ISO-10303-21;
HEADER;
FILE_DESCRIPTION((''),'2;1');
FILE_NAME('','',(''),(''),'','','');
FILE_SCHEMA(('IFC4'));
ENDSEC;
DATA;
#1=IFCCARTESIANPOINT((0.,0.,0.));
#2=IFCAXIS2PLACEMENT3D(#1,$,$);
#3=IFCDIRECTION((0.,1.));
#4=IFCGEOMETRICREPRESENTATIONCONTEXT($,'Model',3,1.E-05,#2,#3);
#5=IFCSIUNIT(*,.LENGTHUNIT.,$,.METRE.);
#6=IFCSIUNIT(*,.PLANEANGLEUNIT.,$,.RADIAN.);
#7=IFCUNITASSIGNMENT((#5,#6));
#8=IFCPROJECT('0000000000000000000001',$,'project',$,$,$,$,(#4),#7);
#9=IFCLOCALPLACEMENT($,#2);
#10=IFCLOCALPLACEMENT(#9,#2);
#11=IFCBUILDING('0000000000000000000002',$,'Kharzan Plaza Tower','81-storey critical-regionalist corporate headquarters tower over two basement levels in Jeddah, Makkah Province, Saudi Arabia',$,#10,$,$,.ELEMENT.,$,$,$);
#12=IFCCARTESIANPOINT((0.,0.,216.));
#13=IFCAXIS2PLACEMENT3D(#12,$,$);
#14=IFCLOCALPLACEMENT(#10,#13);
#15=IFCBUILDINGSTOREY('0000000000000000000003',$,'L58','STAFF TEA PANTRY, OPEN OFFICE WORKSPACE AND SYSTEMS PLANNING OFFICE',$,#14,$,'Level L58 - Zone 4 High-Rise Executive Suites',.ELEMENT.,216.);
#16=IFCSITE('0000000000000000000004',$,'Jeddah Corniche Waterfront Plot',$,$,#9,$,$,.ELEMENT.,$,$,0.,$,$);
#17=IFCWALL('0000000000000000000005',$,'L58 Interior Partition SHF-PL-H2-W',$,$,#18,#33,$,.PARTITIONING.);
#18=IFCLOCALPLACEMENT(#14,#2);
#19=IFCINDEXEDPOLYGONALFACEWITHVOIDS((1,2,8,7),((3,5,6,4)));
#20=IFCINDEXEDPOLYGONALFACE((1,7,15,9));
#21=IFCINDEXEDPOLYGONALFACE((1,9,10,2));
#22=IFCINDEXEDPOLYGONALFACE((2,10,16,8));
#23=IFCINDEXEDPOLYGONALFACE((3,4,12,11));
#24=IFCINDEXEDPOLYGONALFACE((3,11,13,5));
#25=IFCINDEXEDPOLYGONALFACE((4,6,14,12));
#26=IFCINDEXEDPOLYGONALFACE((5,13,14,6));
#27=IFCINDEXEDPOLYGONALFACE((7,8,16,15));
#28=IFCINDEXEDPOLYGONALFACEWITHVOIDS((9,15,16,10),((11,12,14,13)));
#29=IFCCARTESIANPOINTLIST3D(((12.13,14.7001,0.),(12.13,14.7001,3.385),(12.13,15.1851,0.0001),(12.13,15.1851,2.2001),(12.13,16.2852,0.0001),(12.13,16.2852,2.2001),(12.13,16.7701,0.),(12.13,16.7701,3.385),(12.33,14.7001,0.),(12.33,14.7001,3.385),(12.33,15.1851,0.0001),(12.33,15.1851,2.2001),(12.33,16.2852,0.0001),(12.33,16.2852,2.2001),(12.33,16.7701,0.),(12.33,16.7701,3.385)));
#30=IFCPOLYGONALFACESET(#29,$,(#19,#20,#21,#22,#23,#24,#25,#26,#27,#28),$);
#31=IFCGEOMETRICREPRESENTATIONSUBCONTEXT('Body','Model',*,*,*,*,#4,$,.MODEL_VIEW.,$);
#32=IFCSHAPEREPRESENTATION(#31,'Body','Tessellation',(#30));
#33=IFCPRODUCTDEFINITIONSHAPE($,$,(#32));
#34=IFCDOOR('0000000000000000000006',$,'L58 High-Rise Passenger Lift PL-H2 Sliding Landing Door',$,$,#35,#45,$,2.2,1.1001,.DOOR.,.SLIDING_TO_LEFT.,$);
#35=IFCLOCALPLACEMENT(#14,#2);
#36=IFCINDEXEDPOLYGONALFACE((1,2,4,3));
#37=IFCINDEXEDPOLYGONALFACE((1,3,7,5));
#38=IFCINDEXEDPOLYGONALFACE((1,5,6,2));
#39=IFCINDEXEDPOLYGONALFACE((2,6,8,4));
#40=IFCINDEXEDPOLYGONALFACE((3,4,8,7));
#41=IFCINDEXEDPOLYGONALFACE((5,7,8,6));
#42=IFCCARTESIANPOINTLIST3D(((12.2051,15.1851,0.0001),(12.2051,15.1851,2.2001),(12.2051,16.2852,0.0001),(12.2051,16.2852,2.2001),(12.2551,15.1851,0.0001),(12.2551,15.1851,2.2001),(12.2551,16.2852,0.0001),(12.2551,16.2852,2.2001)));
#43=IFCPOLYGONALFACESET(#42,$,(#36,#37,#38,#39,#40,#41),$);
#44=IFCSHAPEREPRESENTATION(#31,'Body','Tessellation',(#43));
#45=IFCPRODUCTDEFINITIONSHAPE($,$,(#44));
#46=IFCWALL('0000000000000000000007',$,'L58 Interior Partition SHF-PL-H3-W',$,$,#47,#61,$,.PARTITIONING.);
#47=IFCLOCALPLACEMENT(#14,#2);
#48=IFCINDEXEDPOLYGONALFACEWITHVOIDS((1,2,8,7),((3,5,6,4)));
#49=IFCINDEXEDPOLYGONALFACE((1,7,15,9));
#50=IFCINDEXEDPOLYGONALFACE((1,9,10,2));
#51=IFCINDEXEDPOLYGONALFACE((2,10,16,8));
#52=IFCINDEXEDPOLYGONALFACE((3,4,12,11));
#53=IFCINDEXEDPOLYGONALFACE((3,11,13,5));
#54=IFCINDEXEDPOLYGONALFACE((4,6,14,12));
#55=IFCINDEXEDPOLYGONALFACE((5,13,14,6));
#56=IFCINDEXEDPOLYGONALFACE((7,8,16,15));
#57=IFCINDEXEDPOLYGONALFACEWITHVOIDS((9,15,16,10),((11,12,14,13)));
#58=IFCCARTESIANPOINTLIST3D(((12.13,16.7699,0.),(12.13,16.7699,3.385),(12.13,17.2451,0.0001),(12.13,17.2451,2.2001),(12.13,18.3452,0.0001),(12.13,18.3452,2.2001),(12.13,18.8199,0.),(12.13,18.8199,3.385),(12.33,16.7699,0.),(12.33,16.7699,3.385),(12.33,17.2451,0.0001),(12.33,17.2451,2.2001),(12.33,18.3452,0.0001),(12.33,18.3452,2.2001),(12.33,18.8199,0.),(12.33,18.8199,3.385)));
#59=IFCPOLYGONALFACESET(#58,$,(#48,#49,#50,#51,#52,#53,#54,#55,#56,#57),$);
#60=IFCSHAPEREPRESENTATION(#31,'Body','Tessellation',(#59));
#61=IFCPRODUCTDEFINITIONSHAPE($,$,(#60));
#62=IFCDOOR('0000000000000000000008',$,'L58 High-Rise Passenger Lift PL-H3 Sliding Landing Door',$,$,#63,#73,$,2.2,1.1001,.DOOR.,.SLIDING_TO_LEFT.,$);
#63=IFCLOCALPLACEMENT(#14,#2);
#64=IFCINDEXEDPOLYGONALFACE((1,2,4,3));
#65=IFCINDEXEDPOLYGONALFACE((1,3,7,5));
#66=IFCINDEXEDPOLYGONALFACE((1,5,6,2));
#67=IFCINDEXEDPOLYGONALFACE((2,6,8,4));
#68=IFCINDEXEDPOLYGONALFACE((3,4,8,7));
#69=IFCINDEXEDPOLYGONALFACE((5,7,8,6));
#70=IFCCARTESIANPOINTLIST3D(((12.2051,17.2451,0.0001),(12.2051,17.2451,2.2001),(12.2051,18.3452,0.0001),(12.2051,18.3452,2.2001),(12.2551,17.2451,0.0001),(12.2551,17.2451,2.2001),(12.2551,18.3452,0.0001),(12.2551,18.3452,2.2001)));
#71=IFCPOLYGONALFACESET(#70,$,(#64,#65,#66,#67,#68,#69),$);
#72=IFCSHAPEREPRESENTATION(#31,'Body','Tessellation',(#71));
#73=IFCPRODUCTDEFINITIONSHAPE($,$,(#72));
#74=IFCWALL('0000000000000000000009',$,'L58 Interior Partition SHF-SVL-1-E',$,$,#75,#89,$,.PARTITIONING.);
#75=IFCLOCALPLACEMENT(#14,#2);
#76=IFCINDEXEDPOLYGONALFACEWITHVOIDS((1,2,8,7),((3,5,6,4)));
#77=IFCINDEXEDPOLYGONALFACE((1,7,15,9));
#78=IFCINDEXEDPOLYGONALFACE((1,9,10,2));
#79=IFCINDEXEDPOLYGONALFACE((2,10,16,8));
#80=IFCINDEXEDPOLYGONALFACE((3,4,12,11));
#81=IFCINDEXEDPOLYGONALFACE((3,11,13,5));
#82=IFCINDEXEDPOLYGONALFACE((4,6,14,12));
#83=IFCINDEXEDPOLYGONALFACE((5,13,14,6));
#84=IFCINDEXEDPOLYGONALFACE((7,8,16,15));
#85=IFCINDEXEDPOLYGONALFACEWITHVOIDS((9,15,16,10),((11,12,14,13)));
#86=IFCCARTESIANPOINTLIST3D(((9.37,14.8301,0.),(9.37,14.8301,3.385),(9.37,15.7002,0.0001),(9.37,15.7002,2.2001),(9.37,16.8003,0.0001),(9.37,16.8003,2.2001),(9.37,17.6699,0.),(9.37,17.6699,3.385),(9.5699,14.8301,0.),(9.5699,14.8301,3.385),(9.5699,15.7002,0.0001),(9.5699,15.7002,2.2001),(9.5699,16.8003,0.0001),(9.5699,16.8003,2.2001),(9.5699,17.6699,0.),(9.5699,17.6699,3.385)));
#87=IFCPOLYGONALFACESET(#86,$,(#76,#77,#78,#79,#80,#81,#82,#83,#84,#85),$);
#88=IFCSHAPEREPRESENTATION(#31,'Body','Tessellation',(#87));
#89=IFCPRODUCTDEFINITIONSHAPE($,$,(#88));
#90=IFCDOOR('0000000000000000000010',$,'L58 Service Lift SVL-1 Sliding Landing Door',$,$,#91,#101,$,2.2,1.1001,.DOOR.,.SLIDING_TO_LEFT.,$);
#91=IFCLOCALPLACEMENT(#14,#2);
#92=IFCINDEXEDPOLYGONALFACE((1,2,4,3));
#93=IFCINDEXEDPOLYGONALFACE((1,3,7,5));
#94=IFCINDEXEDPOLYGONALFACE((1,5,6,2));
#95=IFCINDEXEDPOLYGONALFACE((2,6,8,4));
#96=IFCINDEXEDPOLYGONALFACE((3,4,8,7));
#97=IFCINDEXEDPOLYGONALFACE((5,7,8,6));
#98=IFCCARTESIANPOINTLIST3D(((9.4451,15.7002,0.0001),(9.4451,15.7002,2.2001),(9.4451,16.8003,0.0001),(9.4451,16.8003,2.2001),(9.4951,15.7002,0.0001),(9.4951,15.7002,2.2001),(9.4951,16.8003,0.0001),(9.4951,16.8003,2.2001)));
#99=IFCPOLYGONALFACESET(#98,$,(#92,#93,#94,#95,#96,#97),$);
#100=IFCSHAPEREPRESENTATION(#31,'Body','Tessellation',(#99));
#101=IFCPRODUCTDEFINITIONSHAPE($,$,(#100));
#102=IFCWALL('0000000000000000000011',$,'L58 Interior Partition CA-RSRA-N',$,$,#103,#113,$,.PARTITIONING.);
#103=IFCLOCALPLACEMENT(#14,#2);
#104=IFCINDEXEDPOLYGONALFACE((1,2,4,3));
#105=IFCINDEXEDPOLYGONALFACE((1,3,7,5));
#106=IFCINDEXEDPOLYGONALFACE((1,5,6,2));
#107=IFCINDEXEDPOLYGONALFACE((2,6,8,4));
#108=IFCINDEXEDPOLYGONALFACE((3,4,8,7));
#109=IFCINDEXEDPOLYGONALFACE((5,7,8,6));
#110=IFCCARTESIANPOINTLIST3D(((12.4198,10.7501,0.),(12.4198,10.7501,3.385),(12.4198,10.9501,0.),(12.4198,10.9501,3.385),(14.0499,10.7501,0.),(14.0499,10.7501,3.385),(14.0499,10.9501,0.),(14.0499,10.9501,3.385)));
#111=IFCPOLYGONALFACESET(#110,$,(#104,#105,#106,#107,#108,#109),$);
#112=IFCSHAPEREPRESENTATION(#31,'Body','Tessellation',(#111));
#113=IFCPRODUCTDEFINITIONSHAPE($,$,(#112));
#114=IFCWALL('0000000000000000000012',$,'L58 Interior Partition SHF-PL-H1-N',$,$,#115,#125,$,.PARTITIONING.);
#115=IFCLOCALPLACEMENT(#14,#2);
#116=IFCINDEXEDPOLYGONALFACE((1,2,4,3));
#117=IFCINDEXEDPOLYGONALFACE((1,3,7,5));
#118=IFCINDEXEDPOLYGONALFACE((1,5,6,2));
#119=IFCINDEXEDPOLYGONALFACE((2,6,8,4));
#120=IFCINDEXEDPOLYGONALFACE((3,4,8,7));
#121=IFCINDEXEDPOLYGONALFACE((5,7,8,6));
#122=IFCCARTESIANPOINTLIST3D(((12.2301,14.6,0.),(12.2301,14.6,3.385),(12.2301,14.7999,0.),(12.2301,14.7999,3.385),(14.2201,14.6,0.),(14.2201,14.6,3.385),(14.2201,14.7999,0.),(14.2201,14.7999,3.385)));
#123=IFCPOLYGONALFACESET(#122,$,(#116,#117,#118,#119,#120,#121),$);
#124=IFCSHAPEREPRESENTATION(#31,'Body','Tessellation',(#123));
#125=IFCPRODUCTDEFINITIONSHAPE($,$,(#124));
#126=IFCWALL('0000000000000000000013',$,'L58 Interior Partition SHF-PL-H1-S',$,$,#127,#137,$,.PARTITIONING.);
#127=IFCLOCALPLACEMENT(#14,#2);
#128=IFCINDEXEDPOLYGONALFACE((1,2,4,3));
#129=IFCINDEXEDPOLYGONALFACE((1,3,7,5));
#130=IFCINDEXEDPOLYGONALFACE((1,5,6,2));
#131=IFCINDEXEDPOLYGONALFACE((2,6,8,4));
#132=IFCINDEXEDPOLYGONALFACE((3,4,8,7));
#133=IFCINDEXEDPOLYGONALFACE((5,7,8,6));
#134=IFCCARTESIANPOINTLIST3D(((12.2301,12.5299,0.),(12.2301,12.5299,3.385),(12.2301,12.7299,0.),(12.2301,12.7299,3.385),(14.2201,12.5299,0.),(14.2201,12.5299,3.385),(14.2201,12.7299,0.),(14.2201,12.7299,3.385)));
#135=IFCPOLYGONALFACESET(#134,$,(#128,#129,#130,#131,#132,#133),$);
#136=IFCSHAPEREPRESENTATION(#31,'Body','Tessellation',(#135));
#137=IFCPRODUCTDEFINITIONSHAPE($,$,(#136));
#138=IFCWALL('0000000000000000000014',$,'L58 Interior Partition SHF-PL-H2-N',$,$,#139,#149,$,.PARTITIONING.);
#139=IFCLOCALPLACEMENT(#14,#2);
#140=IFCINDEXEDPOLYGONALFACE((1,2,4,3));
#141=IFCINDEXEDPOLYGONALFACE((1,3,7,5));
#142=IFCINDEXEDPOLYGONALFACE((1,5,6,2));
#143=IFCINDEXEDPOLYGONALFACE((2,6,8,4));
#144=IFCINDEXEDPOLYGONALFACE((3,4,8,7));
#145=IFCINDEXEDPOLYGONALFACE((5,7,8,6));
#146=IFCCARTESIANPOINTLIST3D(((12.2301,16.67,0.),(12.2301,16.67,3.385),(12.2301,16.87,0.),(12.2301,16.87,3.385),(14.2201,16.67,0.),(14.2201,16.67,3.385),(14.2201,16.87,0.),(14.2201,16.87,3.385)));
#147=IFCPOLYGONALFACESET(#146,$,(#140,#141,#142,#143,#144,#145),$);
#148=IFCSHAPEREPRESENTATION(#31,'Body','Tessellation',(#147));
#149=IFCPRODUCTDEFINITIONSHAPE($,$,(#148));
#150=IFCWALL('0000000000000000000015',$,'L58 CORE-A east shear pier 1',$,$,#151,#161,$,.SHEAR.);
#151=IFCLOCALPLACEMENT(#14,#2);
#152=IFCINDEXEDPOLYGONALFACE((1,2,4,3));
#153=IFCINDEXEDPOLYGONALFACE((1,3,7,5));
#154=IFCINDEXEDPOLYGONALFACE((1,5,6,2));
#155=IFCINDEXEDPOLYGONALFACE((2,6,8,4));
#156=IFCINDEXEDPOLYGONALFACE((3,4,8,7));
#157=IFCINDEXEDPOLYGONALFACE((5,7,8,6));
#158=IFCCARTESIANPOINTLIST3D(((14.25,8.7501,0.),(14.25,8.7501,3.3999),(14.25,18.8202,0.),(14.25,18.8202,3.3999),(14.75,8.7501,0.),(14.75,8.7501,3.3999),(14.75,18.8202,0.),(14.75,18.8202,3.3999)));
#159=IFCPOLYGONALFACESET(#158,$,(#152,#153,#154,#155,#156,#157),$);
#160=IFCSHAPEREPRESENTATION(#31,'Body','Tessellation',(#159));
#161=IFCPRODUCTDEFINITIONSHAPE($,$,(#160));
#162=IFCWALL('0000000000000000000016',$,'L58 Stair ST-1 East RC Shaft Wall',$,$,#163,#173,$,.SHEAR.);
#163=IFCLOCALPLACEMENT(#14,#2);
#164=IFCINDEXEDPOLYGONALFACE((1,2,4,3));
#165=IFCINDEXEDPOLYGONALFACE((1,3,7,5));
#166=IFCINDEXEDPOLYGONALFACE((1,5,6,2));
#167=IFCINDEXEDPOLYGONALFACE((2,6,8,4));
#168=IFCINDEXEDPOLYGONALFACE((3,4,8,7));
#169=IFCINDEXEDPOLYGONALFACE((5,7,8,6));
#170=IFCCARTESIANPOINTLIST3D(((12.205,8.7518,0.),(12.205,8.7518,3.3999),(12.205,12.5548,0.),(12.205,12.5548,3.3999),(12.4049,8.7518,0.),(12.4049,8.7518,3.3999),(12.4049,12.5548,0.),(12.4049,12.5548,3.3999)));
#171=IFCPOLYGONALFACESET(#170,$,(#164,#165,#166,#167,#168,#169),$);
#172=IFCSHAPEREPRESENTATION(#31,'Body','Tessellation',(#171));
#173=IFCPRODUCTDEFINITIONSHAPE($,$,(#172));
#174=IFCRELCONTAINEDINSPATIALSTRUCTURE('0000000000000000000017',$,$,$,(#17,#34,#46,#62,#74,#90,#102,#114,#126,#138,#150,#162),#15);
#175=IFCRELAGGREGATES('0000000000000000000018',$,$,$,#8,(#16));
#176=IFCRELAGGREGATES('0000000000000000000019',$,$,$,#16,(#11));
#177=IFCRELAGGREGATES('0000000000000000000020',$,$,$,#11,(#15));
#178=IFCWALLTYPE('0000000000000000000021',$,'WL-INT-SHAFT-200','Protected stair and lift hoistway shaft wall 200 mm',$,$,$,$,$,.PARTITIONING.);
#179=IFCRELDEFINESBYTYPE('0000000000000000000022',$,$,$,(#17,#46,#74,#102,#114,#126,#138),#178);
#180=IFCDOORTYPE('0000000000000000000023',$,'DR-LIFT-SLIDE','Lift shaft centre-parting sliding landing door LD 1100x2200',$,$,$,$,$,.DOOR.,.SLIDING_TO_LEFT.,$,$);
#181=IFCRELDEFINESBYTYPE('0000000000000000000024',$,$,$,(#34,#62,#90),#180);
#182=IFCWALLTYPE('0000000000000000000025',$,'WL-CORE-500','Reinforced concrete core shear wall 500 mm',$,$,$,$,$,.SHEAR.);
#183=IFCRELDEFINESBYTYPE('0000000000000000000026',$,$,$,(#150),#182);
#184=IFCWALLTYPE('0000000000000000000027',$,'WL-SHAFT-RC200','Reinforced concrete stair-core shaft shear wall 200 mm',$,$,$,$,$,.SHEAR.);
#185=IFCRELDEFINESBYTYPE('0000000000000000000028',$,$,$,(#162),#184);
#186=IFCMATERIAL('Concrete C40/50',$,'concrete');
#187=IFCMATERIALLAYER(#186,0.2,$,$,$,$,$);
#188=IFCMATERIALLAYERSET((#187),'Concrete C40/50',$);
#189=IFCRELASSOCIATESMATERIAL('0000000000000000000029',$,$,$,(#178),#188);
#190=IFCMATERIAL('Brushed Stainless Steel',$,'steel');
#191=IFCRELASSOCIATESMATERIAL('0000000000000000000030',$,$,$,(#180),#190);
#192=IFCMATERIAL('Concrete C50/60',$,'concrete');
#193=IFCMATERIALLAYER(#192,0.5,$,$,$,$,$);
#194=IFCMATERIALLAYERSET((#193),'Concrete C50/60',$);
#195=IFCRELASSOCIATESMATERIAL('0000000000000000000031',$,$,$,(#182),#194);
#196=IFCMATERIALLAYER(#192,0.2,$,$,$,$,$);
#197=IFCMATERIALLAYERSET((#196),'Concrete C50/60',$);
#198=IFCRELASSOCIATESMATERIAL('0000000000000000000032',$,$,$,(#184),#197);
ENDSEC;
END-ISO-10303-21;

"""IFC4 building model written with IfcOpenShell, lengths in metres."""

from ifc_helpers import new_model, si_unit, direction, frame, frame_2d, origin, place, context, subcontext, project, spatial, rectangle, extrude, source, transform, mapped, material, layer, layer_set, type_object, element, fill, save


model = new_model("IFC4")

# Units and contexts
model_context = context("Model", 3, precision=1e-05, world=origin(), true_north=direction((0.0, 1.0)))
body_context = subcontext(model_context, "Body", "Model", "MODEL_VIEW")
ifc_project = project(units=[si_unit("LENGTHUNIT", "METRE"), si_unit("PLANEANGLEUNIT", "RADIAN")], contexts=[model_context])

# Site, building, storey
site_placement = place(None, origin())
site = spatial("IfcSite", under=ifc_project, at=site_placement, Name="Jeddah Corniche Waterfront Plot", CompositionType="ELEMENT", RefElevation=0.0)
building_placement = place(site_placement, origin())
building = spatial("IfcBuilding", under=site, at=building_placement, Name="Kharzan Plaza Tower", Description="81-storey critical-regionalist corporate headquarters tower over two basement levels in Jeddah, Makkah Province, Saudi Arabia", CompositionType="ELEMENT")
storey_placement = place(building_placement, frame((0.0, 0.0, 216.0)))
storey = spatial("IfcBuildingStorey", under=building, at=storey_placement, Name="L58", Description="STAFF TEA PANTRY, OPEN OFFICE WORKSPACE AND SYSTEMS PLANNING OFFICE", LongName="Level L58 - Zone 4 High-Rise Executive Suites", CompositionType="ELEMENT", Elevation=216.0)

# Walls, openings, doors
ifc_material_1 = material(Name="Concrete C40/50", Category="concrete")
ifc_layer_1 = layer(ifc_material_1, 0.2)
ifc_layer_set_1 = layer_set([ifc_layer_1], Name="Concrete C40/50")
wall_type_1 = type_object("IfcWallType", Name="WL-INT-SHAFT-200", Description="Protected stair and lift hoistway shaft wall 200 mm", PredefinedType="PARTITIONING", material=ifc_layer_set_1)
ifc_material_2 = material(Name="Brushed Stainless Steel", Category="steel")
door_type_1 = type_object("IfcDoorType", Name="DR-LIFT-SLIDE", Description="Lift shaft centre-parting sliding landing door LD 1100x2200", OperationType="SLIDING_TO_LEFT", PredefinedType="DOOR", material=ifc_material_2)
shared_shape_1 = source(origin(), body_context, "Body", "SweptSolid", [
    extrude(rectangle(XDim=1.1001, YDim=2.2, at=frame_2d((0.55, 1.1001))), frame((0.0, 0.0249, 0.0), z_axis=(0.0, -1.0, 0.0), x_axis=(1.0, 0.0, 0.0)), (0.0, 0.0, 1.0), 0.05),
])
wall_1_placement = place(storey_placement, frame((12.23, 14.7, 0.0), z_axis=(0.0, 0.0, 1.0), x_axis=(0.0, 1.0, 0.0)))
wall_1 = element("IfcWall", 1, at=wall_1_placement, inside=storey, type_object=wall_type_1, Name="L58 Interior Partition SHF-PL-H2-W", PredefinedType="PARTITIONING", context=body_context, shape_type="SweptSolid", body=[
    extrude(rectangle(XDim=2.0701, YDim=0.2, at=frame_2d((1.0352, 0.0))), origin(), (0.0, 0.0, 1.0), 3.385),
])
opening_1_placement = place(wall_1_placement, frame((0.4851, 0.0, 0.0)))
opening_1 = element("IfcOpeningElement", 2, at=opening_1_placement, cuts=wall_1, PredefinedType="OPENING", context=body_context, shape_type="SweptSolid", body=[
    extrude(rectangle(XDim=1.1001, YDim=2.2, at=frame_2d((0.55, 1.1001))), frame((0.0, 0.1099, 0.0), z_axis=(0.0, -1.0, 0.0), x_axis=(1.0, 0.0, 0.0)), (0.0, 0.0, 1.0), 0.22),
])
door_1_placement = place(opening_1_placement, origin())
door_1 = element("IfcDoor", 3, at=door_1_placement, inside=storey, type_object=door_type_1, Name="L58 High-Rise Passenger Lift PL-H2 Sliding Landing Door", OperationType="SLIDING_TO_LEFT", OverallHeight=2.2, OverallWidth=1.1001, PredefinedType="DOOR", context=body_context, shape_type="MappedRepresentation", body=[
    mapped(shared_shape_1, transform((0.0, 0.0, 0.0), x_axis=(1.0, 0.0, 0.0), y_axis=(0.0, 1.0, 0.0), z_axis=(0.0, 0.0, 1.0))),
])
fill(opening_1, door_1)
wall_2_placement = place(storey_placement, frame((12.23, 16.77, 0.0), z_axis=(0.0, 0.0, 1.0), x_axis=(0.0, 1.0, 0.0)))
wall_2 = element("IfcWall", 4, at=wall_2_placement, inside=storey, type_object=wall_type_1, Name="L58 Interior Partition SHF-PL-H3-W", PredefinedType="PARTITIONING", context=body_context, shape_type="SweptSolid", body=[
    extrude(rectangle(XDim=2.05, YDim=0.2, at=frame_2d((1.0249, 0.0))), origin(), (0.0, 0.0, 1.0), 3.385),
])
opening_2_placement = place(wall_2_placement, frame((0.4751, 0.0, 0.0)))
opening_2 = element("IfcOpeningElement", 5, at=opening_2_placement, cuts=wall_2, PredefinedType="OPENING", context=body_context, shape_type="SweptSolid", body=[
    extrude(rectangle(XDim=1.1001, YDim=2.2, at=frame_2d((0.55, 1.1001))), frame((0.0, 0.1099, 0.0), z_axis=(0.0, -1.0, 0.0), x_axis=(1.0, 0.0, 0.0)), (0.0, 0.0, 1.0), 0.22),
])
door_2_placement = place(opening_2_placement, origin())
door_2 = element("IfcDoor", 6, at=door_2_placement, inside=storey, type_object=door_type_1, Name="L58 High-Rise Passenger Lift PL-H3 Sliding Landing Door", OperationType="SLIDING_TO_LEFT", OverallHeight=2.2, OverallWidth=1.1001, PredefinedType="DOOR", context=body_context, shape_type="MappedRepresentation", body=[
    mapped(shared_shape_1, transform((0.0, 0.0, 0.0), x_axis=(1.0, 0.0, 0.0), y_axis=(0.0, 1.0, 0.0), z_axis=(0.0, 0.0, 1.0))),
])
fill(opening_2, door_2)
wall_3_placement = place(storey_placement, frame((9.47, 14.8301, 0.0), z_axis=(0.0, 0.0, 1.0), x_axis=(0.0, 1.0, 0.0)))
wall_3 = element("IfcWall", 7, at=wall_3_placement, inside=storey, type_object=wall_type_1, Name="L58 Interior Partition SHF-SVL-1-E", PredefinedType="PARTITIONING", context=body_context, shape_type="SweptSolid", body=[
    extrude(rectangle(XDim=2.8398, YDim=0.2, at=frame_2d((1.4199, 0.0))), origin(), (0.0, 0.0, 1.0), 3.385),
])
opening_3_placement = place(wall_3_placement, frame((0.8701, 0.0, 0.0)))
opening_3 = element("IfcOpeningElement", 8, at=opening_3_placement, cuts=wall_3, PredefinedType="OPENING", context=body_context, shape_type="SweptSolid", body=[
    extrude(rectangle(XDim=1.1001, YDim=2.2, at=frame_2d((0.55, 1.1001))), frame((0.0, 0.1099, 0.0), z_axis=(0.0, -1.0, 0.0), x_axis=(1.0, 0.0, 0.0)), (0.0, 0.0, 1.0), 0.22),
])
door_3_placement = place(opening_3_placement, origin())
door_3 = element("IfcDoor", 9, at=door_3_placement, inside=storey, type_object=door_type_1, Name="L58 Service Lift SVL-1 Sliding Landing Door", OperationType="SLIDING_TO_LEFT", OverallHeight=2.2, OverallWidth=1.1001, PredefinedType="DOOR", context=body_context, shape_type="MappedRepresentation", body=[
    mapped(shared_shape_1, transform((0.0, 0.0, 0.0), x_axis=(1.0, 0.0, 0.0), y_axis=(0.0, 1.0, 0.0), z_axis=(0.0, 0.0, 1.0))),
])
fill(opening_3, door_3)

# Walls
shared_shape_2 = source(origin(), body_context, "Body", "SweptSolid", [
    extrude(rectangle(XDim=1.6301, YDim=0.2, at=frame_2d((0.8149, 0.0))), origin(), (0.0, 0.0, 1.0), 3.385),
])
wall_4_placement = place(storey_placement, frame((12.4199, 10.8501, 0.0), z_axis=(0.0, 0.0, 1.0), x_axis=(1.0, 0.0, 0.0)))
element("IfcWall", 10, at=wall_4_placement, inside=storey, type_object=wall_type_1, Name="L58 Interior Partition CA-RSRA-N", PredefinedType="PARTITIONING", context=body_context, shape_type="MappedRepresentation", body=[
    mapped(shared_shape_2, transform((0.0, 0.0, 0.0), x_axis=(1.0, 0.0, 0.0), y_axis=(0.0, 1.0, 0.0), z_axis=(0.0, 0.0, 1.0))),
])
shared_shape_3 = source(origin(), body_context, "Body", "SweptSolid", [
    extrude(rectangle(XDim=1.99, YDim=0.2, at=frame_2d((0.9951, 0.0))), origin(), (0.0, 0.0, 1.0), 3.385),
])
for number, where, z_axis, x_axis, name in (
    (11, (12.23, 14.7, 0.0), (0.0, 0.0, 1.0), (1.0, 0.0, 0.0), "L58 Interior Partition SHF-PL-H1-N"),
    (12, (12.23, 12.6299, 0.0), (0.0, 0.0, 1.0), (1.0, 0.0, 0.0), "L58 Interior Partition SHF-PL-H1-S"),
    (13, (12.23, 16.77, 0.0), (0.0, 0.0, 1.0), (1.0, 0.0, 0.0), "L58 Interior Partition SHF-PL-H2-N"),
):
    element("IfcWall", number, at=place(storey_placement, frame(where, z_axis=z_axis, x_axis=x_axis)), inside=storey, type_object=wall_type_1, Name=name, PredefinedType="PARTITIONING", context=body_context, shape_type="MappedRepresentation", body=[
        mapped(shared_shape_3, transform((0.0, 0.0, 0.0), x_axis=(1.0, 0.0, 0.0), y_axis=(0.0, 1.0, 0.0), z_axis=(0.0, 0.0, 1.0))),
    ])
ifc_material_3 = material(Name="Concrete C50/60", Category="concrete")
ifc_layer_2 = layer(ifc_material_3, 0.5)
ifc_layer_set_2 = layer_set([ifc_layer_2], Name="Concrete C50/60")
wall_type_2 = type_object("IfcWallType", Name="WL-CORE-500", Description="Reinforced concrete core shear wall 500 mm", PredefinedType="SHEAR", material=ifc_layer_set_2)
shared_shape_4 = source(origin(), body_context, "Body", "SweptSolid", [
    extrude(rectangle(XDim=10.0701, YDim=0.5, at=frame_2d((5.0352, 0.0))), origin(), (0.0, 0.0, 1.0), 3.3999),
])
wall_5_placement = place(storey_placement, frame((14.5, 8.75, 0.0), z_axis=(0.0, 0.0, 1.0), x_axis=(0.0, 1.0, 0.0)))
element("IfcWall", 14, at=wall_5_placement, inside=storey, type_object=wall_type_2, Name="L58 CORE-A east shear pier 1", PredefinedType="SHEAR", context=body_context, shape_type="MappedRepresentation", body=[
    mapped(shared_shape_4, transform((0.0, 0.0, 0.0), x_axis=(1.0, 0.0, 0.0), y_axis=(0.0, 1.0, 0.0), z_axis=(0.0, 0.0, 1.0))),
])
ifc_layer_3 = layer(ifc_material_3, 0.2)
ifc_layer_set_3 = layer_set([ifc_layer_3], Name="Concrete C50/60")
wall_type_3 = type_object("IfcWallType", Name="WL-SHAFT-RC200", Description="Reinforced concrete stair-core shaft shear wall 200 mm", PredefinedType="SHEAR", material=ifc_layer_set_3)
shared_shape_5 = source(origin(), body_context, "Body", "SweptSolid", [
    extrude(rectangle(XDim=3.803, YDim=0.2, at=frame_2d((1.9014, 0.0))), origin(), (0.0, 0.0, 1.0), 3.3999),
])
wall_6_placement = place(storey_placement, frame((12.3049, 8.752, 0.0), z_axis=(0.0, 0.0, 1.0), x_axis=(0.0, 1.0, 0.0)))
element("IfcWall", 15, at=wall_6_placement, inside=storey, type_object=wall_type_3, Name="L58 Stair ST-1 East RC Shaft Wall", PredefinedType="SHEAR", context=body_context, shape_type="MappedRepresentation", body=[
    mapped(shared_shape_5, transform((0.0, 0.0, 0.0), x_axis=(1.0, 0.0, 0.0), y_axis=(0.0, 1.0, 0.0), z_axis=(0.0, 0.0, 1.0))),
])

save(model, "model.ifc")
